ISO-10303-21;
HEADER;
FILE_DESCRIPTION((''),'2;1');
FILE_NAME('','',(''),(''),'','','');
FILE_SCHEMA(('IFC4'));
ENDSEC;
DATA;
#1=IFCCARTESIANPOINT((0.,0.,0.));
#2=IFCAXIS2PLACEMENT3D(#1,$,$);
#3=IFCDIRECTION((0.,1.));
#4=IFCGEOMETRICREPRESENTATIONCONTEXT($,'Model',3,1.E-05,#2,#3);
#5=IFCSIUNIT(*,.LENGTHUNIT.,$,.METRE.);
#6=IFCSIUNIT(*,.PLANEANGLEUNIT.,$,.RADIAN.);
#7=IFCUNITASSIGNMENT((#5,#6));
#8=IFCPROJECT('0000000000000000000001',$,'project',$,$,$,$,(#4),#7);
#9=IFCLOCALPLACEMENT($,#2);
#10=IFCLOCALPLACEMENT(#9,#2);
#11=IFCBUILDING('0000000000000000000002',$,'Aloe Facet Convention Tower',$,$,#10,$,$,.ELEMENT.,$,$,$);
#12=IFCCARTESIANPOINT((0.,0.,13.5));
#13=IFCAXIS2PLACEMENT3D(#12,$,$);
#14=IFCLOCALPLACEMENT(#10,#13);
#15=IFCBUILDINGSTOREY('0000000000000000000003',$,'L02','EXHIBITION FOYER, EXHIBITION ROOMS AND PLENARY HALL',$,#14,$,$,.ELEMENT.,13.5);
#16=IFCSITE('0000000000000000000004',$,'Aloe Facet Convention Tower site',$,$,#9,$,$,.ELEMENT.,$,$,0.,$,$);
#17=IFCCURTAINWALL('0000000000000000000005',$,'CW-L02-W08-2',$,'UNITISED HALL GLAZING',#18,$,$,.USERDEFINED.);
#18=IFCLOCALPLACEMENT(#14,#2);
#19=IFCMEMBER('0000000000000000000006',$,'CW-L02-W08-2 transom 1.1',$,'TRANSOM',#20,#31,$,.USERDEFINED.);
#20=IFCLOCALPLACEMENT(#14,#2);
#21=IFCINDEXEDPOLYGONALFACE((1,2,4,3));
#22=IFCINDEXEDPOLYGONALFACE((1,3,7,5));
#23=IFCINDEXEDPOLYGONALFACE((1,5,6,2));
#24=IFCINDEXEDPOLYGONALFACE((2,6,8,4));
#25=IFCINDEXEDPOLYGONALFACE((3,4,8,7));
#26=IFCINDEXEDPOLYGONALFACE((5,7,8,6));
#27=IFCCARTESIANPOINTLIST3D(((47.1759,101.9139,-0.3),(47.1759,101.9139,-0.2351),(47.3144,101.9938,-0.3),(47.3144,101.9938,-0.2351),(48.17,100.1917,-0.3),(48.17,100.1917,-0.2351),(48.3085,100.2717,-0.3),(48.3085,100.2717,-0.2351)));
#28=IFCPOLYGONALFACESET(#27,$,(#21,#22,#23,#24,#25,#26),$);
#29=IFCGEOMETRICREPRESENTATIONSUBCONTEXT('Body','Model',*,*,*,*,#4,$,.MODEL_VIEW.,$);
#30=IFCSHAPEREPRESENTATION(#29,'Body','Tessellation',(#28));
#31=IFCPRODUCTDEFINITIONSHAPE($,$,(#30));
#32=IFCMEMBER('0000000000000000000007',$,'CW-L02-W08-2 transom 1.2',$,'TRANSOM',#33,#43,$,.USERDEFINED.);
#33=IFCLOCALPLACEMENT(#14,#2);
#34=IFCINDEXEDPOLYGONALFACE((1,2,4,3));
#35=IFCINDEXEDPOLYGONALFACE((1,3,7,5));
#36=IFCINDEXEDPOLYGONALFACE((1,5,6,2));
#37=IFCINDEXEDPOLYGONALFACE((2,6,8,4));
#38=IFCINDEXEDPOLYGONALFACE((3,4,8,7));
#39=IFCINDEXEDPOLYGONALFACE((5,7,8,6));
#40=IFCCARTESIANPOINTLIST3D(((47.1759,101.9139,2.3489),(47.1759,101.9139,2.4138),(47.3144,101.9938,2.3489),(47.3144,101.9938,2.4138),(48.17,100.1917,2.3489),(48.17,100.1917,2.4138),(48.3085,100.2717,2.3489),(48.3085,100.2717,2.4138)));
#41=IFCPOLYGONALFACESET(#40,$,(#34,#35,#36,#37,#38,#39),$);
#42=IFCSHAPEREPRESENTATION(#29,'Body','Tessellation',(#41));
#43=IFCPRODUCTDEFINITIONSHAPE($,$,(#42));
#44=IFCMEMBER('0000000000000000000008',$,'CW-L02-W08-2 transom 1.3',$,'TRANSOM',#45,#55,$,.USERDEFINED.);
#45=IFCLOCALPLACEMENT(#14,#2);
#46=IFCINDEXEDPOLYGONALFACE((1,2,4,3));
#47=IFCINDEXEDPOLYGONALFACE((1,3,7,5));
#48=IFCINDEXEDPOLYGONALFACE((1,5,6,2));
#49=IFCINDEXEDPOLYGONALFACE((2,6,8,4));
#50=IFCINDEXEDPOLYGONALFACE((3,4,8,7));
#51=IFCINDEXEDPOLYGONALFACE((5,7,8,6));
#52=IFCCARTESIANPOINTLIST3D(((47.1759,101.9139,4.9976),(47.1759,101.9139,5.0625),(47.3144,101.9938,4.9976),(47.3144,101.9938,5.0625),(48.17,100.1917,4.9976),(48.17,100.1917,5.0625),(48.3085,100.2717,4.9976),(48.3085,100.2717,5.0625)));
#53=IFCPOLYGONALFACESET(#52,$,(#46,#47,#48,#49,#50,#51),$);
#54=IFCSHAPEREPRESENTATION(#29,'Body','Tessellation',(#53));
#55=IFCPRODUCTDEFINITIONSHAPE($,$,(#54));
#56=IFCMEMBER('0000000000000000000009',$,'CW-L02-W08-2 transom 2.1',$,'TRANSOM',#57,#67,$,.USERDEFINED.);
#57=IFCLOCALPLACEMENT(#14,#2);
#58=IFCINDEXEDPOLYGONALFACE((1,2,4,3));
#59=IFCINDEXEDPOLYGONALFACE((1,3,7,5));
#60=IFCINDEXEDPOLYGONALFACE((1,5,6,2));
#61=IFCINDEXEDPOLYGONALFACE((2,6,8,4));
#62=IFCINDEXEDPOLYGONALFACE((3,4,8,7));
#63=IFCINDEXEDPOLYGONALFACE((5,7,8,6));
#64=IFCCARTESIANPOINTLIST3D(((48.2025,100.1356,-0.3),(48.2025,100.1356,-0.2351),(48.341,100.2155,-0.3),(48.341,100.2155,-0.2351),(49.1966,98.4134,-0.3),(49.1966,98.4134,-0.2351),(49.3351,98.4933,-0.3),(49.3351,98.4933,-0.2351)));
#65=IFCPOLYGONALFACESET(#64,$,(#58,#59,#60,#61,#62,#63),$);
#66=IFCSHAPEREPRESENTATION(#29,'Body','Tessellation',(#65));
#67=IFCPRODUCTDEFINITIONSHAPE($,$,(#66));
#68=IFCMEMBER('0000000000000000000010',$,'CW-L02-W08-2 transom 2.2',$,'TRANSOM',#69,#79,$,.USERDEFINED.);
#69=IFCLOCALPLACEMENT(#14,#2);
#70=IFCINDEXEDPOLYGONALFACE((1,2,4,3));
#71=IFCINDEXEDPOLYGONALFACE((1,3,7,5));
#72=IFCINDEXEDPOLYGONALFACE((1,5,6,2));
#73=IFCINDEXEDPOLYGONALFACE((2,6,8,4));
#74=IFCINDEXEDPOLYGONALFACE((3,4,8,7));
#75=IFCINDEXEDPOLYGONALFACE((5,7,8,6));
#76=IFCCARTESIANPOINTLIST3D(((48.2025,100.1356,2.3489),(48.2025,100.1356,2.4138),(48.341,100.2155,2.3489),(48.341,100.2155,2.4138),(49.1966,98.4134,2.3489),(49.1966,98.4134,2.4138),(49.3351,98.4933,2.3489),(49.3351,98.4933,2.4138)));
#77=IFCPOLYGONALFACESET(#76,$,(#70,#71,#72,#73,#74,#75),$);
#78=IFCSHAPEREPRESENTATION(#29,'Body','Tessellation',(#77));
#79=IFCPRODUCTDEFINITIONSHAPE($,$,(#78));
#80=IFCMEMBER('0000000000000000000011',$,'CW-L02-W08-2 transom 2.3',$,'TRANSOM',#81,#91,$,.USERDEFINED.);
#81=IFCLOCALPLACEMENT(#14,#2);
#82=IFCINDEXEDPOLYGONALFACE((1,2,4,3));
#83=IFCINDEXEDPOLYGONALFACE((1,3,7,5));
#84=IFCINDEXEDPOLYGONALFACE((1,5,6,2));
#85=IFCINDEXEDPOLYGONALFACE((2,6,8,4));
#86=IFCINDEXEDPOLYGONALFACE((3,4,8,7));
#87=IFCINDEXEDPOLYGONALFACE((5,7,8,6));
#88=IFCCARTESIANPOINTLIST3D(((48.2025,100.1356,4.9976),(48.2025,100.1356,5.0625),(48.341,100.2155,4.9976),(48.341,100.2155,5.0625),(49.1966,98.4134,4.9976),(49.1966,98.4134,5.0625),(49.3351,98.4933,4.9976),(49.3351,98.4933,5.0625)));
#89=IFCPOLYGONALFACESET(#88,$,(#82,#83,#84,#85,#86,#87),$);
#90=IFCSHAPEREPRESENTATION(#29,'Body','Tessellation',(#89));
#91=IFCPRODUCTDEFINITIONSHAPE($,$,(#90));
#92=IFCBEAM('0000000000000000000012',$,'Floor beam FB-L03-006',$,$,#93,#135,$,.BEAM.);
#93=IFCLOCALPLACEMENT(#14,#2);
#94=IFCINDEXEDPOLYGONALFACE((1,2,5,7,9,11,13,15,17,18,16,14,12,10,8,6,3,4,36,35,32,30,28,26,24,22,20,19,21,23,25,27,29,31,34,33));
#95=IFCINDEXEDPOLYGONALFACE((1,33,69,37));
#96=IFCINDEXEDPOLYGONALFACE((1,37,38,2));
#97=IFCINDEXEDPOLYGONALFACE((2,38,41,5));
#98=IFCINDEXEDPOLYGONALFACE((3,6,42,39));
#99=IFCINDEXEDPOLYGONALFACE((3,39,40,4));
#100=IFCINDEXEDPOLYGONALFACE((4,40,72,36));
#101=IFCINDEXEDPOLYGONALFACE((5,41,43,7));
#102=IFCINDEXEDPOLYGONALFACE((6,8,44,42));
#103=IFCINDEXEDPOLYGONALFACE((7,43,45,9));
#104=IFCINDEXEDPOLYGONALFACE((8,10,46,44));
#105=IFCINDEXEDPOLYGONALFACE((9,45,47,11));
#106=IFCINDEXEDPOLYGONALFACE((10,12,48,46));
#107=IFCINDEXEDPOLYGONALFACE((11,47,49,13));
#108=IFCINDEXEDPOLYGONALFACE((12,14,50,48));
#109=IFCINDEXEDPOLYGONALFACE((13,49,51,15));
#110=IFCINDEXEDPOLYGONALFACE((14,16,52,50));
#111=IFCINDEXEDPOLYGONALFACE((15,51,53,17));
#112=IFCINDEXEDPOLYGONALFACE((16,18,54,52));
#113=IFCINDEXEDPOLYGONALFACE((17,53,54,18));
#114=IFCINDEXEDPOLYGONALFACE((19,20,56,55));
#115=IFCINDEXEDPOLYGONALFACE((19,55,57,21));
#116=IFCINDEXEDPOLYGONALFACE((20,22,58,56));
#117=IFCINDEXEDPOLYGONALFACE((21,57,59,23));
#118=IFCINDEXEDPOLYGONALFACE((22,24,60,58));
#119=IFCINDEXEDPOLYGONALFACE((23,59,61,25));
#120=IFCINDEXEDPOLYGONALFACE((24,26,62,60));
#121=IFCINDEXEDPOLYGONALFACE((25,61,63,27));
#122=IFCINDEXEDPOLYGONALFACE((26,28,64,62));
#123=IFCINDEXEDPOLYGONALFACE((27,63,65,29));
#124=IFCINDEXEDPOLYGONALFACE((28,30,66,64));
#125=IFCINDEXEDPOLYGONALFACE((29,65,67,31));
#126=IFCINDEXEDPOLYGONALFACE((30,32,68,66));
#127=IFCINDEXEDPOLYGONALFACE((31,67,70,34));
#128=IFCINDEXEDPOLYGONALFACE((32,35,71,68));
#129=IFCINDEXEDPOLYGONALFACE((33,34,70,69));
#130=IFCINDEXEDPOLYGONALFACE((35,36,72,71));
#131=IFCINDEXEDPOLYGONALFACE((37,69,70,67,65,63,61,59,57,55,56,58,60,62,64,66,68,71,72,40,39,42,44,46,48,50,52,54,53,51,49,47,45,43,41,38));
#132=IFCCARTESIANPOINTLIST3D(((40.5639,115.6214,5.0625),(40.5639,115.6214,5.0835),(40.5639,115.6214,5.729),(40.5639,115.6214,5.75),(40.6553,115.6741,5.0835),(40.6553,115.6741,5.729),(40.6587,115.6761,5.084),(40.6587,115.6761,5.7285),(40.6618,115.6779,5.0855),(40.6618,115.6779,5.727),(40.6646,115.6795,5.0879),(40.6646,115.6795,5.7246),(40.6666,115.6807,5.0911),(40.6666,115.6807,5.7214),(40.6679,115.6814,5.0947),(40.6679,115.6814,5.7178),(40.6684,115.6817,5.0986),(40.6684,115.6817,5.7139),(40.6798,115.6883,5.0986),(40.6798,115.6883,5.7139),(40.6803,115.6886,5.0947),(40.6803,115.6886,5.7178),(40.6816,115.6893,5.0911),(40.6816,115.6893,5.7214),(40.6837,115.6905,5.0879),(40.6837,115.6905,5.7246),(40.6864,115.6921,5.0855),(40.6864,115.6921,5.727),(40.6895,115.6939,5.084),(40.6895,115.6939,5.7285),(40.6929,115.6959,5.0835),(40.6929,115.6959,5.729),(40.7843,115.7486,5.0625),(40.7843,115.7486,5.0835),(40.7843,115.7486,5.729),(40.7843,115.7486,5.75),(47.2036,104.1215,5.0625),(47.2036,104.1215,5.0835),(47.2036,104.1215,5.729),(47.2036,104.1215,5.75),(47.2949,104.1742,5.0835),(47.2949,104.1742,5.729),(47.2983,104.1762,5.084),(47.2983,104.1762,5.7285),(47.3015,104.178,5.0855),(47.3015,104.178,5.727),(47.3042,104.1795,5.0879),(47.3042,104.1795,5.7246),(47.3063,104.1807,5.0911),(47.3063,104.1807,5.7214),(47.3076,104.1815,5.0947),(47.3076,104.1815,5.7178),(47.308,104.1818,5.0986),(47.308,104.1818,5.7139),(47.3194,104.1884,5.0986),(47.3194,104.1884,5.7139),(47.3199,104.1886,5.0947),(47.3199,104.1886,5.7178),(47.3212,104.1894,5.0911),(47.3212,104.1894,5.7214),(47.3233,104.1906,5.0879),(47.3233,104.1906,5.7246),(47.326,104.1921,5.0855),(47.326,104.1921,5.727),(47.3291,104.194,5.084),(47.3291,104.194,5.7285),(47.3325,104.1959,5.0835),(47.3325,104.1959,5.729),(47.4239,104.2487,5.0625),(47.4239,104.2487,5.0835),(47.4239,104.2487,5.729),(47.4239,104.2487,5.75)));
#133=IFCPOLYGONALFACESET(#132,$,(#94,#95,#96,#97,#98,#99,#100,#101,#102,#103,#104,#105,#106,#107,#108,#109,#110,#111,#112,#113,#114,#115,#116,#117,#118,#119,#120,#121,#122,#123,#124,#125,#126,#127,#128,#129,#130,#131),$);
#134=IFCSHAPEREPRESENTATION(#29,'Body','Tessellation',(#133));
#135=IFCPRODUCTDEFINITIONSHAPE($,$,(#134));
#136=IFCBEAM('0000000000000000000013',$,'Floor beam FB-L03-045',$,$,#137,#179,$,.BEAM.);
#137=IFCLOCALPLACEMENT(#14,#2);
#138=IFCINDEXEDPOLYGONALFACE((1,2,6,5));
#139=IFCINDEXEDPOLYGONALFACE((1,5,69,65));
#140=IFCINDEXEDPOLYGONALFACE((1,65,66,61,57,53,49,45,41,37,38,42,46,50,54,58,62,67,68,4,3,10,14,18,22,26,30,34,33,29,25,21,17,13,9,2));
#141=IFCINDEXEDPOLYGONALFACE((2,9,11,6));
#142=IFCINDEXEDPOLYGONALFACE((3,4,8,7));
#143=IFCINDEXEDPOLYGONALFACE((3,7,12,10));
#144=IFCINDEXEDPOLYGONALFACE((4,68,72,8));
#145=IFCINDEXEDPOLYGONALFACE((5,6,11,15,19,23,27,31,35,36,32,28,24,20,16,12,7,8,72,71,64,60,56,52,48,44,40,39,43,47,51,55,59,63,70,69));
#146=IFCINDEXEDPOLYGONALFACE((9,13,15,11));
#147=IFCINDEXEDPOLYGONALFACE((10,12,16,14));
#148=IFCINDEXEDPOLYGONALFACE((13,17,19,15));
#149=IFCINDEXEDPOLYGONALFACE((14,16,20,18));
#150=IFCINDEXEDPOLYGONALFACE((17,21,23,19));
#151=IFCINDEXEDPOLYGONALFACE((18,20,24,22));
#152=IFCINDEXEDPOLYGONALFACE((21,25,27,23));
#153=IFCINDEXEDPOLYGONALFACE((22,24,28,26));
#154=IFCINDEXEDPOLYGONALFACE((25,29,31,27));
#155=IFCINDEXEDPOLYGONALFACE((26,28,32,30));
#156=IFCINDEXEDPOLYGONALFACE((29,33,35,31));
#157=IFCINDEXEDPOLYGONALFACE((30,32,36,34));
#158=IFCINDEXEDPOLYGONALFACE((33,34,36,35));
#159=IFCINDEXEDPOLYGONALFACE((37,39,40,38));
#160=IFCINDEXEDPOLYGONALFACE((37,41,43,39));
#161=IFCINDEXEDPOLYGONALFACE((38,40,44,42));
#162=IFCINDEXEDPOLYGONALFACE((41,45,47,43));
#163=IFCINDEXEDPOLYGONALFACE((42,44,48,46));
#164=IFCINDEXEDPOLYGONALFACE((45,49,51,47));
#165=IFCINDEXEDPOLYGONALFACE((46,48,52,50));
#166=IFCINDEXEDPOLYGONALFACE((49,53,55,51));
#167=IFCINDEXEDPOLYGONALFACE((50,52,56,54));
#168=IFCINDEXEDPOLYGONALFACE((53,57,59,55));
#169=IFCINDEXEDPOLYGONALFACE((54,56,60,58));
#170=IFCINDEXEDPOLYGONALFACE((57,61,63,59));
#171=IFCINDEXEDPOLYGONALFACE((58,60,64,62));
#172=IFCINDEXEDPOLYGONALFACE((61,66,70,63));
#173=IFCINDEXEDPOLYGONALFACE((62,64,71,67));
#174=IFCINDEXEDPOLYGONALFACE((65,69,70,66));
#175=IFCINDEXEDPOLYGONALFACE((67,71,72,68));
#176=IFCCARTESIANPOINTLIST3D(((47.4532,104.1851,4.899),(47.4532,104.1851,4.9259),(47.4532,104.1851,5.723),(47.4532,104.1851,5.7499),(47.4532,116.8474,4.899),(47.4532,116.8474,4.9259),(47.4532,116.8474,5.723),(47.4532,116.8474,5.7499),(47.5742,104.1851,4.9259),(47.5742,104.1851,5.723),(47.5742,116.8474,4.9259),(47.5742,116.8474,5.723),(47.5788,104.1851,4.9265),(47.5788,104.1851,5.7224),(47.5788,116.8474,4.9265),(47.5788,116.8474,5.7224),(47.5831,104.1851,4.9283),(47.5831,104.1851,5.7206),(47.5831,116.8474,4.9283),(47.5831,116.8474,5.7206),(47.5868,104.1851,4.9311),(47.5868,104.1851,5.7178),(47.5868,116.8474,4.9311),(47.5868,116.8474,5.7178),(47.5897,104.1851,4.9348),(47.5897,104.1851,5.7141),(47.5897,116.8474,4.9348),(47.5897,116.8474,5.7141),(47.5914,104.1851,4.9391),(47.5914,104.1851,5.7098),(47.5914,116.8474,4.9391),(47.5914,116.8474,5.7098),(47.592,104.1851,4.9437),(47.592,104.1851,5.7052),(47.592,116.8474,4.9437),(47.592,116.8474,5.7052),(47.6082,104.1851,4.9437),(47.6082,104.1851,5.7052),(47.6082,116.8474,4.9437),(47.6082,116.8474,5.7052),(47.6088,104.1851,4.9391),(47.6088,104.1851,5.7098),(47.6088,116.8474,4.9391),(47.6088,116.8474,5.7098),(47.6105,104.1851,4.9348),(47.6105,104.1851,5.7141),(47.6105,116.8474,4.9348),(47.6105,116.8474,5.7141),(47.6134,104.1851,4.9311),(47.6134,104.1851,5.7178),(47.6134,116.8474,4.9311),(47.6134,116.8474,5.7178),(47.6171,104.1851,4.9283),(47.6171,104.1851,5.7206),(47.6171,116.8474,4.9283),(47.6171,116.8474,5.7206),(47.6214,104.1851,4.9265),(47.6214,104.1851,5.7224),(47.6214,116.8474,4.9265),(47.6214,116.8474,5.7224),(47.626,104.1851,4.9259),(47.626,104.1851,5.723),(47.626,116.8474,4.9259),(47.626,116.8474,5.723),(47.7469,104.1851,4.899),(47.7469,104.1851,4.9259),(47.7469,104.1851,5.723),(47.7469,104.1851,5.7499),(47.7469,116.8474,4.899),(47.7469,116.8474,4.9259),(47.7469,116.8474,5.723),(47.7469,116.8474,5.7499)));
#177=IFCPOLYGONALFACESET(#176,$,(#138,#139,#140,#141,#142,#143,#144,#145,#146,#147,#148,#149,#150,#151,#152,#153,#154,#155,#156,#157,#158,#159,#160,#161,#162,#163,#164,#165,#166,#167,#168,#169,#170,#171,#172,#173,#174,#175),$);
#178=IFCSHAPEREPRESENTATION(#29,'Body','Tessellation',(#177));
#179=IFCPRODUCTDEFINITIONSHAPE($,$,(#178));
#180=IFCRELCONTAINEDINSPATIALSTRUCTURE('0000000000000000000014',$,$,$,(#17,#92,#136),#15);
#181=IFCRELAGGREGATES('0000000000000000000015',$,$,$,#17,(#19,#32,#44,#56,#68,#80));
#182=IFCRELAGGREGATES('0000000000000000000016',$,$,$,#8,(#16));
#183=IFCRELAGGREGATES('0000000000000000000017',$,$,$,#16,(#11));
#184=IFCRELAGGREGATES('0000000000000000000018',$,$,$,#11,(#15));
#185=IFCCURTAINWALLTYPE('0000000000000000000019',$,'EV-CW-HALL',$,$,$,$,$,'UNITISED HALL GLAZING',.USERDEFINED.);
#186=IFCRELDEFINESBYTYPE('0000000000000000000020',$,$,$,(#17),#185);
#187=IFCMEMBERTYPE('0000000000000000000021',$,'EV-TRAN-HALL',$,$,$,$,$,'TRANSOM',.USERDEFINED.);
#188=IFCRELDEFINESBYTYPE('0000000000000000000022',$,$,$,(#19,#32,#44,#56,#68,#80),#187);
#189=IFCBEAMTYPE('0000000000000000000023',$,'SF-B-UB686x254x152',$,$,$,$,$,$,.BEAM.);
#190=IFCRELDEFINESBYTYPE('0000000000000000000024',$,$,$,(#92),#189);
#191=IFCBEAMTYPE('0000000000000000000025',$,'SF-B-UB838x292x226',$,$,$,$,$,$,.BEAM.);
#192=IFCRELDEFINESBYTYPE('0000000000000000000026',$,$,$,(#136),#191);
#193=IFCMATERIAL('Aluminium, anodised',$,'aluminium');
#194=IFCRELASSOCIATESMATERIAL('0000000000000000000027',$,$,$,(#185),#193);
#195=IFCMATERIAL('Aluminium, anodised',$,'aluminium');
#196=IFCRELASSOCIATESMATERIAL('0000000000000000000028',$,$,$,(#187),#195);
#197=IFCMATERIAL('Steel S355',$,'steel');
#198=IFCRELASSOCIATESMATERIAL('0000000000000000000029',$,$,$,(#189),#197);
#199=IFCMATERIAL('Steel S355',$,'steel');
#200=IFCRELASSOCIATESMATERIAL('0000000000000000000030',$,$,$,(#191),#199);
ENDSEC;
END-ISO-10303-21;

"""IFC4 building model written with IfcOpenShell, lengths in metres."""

from ifc_helpers import new_model, si_unit, direction, frame, origin, origin_2d, place, context, subcontext, project, spatial, rectangle, i_section, extrude, material, material_profile, profile_set, type_object, element, aggregate, save


model = new_model("IFC4")

# Units and contexts
model_context = context("Model", 3, precision=1e-05, world=origin(), true_north=direction((0.0, 1.0)))
body_context = subcontext(model_context, "Body", "Model", "MODEL_VIEW")
ifc_project = project(units=[si_unit("LENGTHUNIT", "METRE"), si_unit("PLANEANGLEUNIT", "RADIAN")], contexts=[model_context])

# Site, building, storey
site_placement = place(None, origin())
site = spatial("IfcSite", under=ifc_project, at=site_placement, Name="Aloe Facet Convention Tower site", CompositionType="ELEMENT", RefElevation=0.0)
building_placement = place(site_placement, origin())
building = spatial("IfcBuilding", under=site, at=building_placement, Name="Aloe Facet Convention Tower", CompositionType="ELEMENT")
storey_placement = place(building_placement, frame((0.0, 0.0, 13.5)))
storey = spatial("IfcBuildingStorey", under=building, at=storey_placement, Name="L02", Description="EXHIBITION FOYER, EXHIBITION ROOMS AND PLENARY HALL", CompositionType="ELEMENT", Elevation=13.5)

# Shared definitions
ifc_material_1 = material(Name="Aluminium, anodised", Category="aluminium")
curtain_wall_type = type_object("IfcCurtainWallType", Name="EV-CW-HALL", ElementType="UNITISED HALL GLAZING", PredefinedType="USERDEFINED", material=ifc_material_1)

# Curtain wall
curtain_wall_1_placement = place(storey_placement, origin())
curtain_wall_1 = element("IfcCurtainWall", 1, at=curtain_wall_1_placement, inside=storey, type_object=curtain_wall_type, Name="CW-L02-W08-2", ObjectType="UNITISED HALL GLAZING", PredefinedType="USERDEFINED")

# Members
ifc_material_2 = material(Name="Aluminium, anodised", Category="aluminium")
ifc_material_profile_1 = material_profile(ifc_material_2, rectangle(XDim=0.1599, YDim=0.0649, at=origin_2d()), Name="AL 160x65")
ifc_profile_set_1 = profile_set([ifc_material_profile_1], Name="Aluminium, anodised")
member_type_1 = type_object("IfcMemberType", Name="EV-TRAN-HALL", ElementType="TRANSOM", PredefinedType="USERDEFINED", material=ifc_profile_set_1)
member_1_placement = place(storey_placement, frame((47.2451, 101.9539, -0.2676), z_axis=(0.499942, -0.866059, 0.0), x_axis=(0.866059, 0.499942, 0.0)))
member_1 = element("IfcMember", 2, at=member_1_placement, type_object=member_type_1, Name="CW-L02-W08-2 transom 1.1", ObjectType="TRANSOM", PredefinedType="USERDEFINED", context=body_context, shape_type="SweptSolid", body=[
    extrude(rectangle(XDim=0.1599, YDim=0.0649, at=origin_2d()), origin(), (0.0, 0.0, 1.0), 1.9885),
])
member_2_placement = place(storey_placement, frame((47.2451, 101.9539, 2.3813), z_axis=(0.499942, -0.866059, 0.0), x_axis=(0.866059, 0.499942, 0.0)))
member_2 = element("IfcMember", 3, at=member_2_placement, type_object=member_type_1, Name="CW-L02-W08-2 transom 1.2", ObjectType="TRANSOM", PredefinedType="USERDEFINED", context=body_context, shape_type="SweptSolid", body=[
    extrude(rectangle(XDim=0.1599, YDim=0.0649, at=origin_2d()), origin(), (0.0, 0.0, 1.0), 1.9885),
])
member_3_placement = place(storey_placement, frame((47.2451, 101.9539, 5.03), z_axis=(0.499942, -0.866059, 0.0), x_axis=(0.866059, 0.499942, 0.0)))
member_3 = element("IfcMember", 4, at=member_3_placement, type_object=member_type_1, Name="CW-L02-W08-2 transom 1.3", ObjectType="TRANSOM", PredefinedType="USERDEFINED", context=body_context, shape_type="SweptSolid", body=[
    extrude(rectangle(XDim=0.1599, YDim=0.0649, at=origin_2d()), origin(), (0.0, 0.0, 1.0), 1.9885),
])
member_4_placement = place(storey_placement, frame((48.2717, 100.1755, -0.2676), z_axis=(0.499942, -0.866059, 0.0), x_axis=(0.866059, 0.499942, 0.0)))
member_4 = element("IfcMember", 5, at=member_4_placement, type_object=member_type_1, Name="CW-L02-W08-2 transom 2.1", ObjectType="TRANSOM", PredefinedType="USERDEFINED", context=body_context, shape_type="SweptSolid", body=[
    extrude(rectangle(XDim=0.1599, YDim=0.0649, at=origin_2d()), origin(), (0.0, 0.0, 1.0), 1.9885),
])
member_5_placement = place(storey_placement, frame((48.2717, 100.1755, 2.3813), z_axis=(0.499942, -0.866059, 0.0), x_axis=(0.866059, 0.499942, 0.0)))
member_5 = element("IfcMember", 6, at=member_5_placement, type_object=member_type_1, Name="CW-L02-W08-2 transom 2.2", ObjectType="TRANSOM", PredefinedType="USERDEFINED", context=body_context, shape_type="SweptSolid", body=[
    extrude(rectangle(XDim=0.1599, YDim=0.0649, at=origin_2d()), origin(), (0.0, 0.0, 1.0), 1.9885),
])
member_6_placement = place(storey_placement, frame((48.2717, 100.1755, 5.03), z_axis=(0.499942, -0.866059, 0.0), x_axis=(0.866059, 0.499942, 0.0)))
member_6 = element("IfcMember", 7, at=member_6_placement, type_object=member_type_1, Name="CW-L02-W08-2 transom 2.3", ObjectType="TRANSOM", PredefinedType="USERDEFINED", context=body_context, shape_type="SweptSolid", body=[
    extrude(rectangle(XDim=0.1599, YDim=0.0649, at=origin_2d()), origin(), (0.0, 0.0, 1.0), 1.9885),
])

# Beams
ifc_material_3 = material(Name="Steel S355", Category="steel")
ifc_material_profile_2 = material_profile(ifc_material_3, i_section(OverallWidth=0.2544, OverallDepth=0.6875, WebThickness=0.0132, FlangeThickness=0.021, FilletRadius=0.0151, at=origin_2d()), Name="UB 686x254x152")
ifc_profile_set_2 = profile_set([ifc_material_profile_2], Name="Steel S355")
beam_type_1 = type_object("IfcBeamType", Name="SF-B-UB686x254x152", PredefinedType="BEAM", material=ifc_profile_set_2)
beam_1_placement = place(storey_placement, frame((47.3137, 104.1851, 5.4062), z_axis=(-0.500007, 0.866021, 0.0), x_axis=(-0.866021, -0.500007, 0.0)))
element("IfcBeam", 8, at=beam_1_placement, inside=storey, type_object=beam_type_1, Name="Floor beam FB-L03-006", PredefinedType="BEAM", context=body_context, shape_type="SweptSolid", body=[
    extrude(i_section(OverallWidth=0.2544, OverallDepth=0.6875, WebThickness=0.0132, FlangeThickness=0.021, FilletRadius=0.0151, at=origin_2d()), origin(), (0.0, 0.0, 1.0), 13.2791),
])
ifc_material_4 = material(Name="Steel S355", Category="steel")
ifc_material_profile_3 = material_profile(ifc_material_4, i_section(OverallWidth=0.2937, OverallDepth=0.8508, WebThickness=0.0161, FlangeThickness=0.0269, FilletRadius=0.0178, at=origin_2d()), Name="UB 838x292x226")
ifc_profile_set_3 = profile_set([ifc_material_profile_3], Name="Steel S355")
beam_type_2 = type_object("IfcBeamType", Name="SF-B-UB838x292x226", PredefinedType="BEAM", material=ifc_profile_set_3)
beam_2_placement = place(storey_placement, frame((47.6001, 104.1851, 5.3245), z_axis=(0.0, 1.0, 0.0), x_axis=(-1.0, 0.0, 0.0)))
element("IfcBeam", 9, at=beam_2_placement, inside=storey, type_object=beam_type_2, Name="Floor beam FB-L03-045", PredefinedType="BEAM", context=body_context, shape_type="SweptSolid", body=[
    extrude(i_section(OverallWidth=0.2937, OverallDepth=0.8508, WebThickness=0.0161, FlangeThickness=0.0269, FilletRadius=0.0178, at=origin_2d()), origin(), (0.0, 0.0, 1.0), 12.6624),
])

aggregate(curtain_wall_1, [member_1, member_2, member_3, member_4, member_5, member_6])

save(model, "model.ifc")
